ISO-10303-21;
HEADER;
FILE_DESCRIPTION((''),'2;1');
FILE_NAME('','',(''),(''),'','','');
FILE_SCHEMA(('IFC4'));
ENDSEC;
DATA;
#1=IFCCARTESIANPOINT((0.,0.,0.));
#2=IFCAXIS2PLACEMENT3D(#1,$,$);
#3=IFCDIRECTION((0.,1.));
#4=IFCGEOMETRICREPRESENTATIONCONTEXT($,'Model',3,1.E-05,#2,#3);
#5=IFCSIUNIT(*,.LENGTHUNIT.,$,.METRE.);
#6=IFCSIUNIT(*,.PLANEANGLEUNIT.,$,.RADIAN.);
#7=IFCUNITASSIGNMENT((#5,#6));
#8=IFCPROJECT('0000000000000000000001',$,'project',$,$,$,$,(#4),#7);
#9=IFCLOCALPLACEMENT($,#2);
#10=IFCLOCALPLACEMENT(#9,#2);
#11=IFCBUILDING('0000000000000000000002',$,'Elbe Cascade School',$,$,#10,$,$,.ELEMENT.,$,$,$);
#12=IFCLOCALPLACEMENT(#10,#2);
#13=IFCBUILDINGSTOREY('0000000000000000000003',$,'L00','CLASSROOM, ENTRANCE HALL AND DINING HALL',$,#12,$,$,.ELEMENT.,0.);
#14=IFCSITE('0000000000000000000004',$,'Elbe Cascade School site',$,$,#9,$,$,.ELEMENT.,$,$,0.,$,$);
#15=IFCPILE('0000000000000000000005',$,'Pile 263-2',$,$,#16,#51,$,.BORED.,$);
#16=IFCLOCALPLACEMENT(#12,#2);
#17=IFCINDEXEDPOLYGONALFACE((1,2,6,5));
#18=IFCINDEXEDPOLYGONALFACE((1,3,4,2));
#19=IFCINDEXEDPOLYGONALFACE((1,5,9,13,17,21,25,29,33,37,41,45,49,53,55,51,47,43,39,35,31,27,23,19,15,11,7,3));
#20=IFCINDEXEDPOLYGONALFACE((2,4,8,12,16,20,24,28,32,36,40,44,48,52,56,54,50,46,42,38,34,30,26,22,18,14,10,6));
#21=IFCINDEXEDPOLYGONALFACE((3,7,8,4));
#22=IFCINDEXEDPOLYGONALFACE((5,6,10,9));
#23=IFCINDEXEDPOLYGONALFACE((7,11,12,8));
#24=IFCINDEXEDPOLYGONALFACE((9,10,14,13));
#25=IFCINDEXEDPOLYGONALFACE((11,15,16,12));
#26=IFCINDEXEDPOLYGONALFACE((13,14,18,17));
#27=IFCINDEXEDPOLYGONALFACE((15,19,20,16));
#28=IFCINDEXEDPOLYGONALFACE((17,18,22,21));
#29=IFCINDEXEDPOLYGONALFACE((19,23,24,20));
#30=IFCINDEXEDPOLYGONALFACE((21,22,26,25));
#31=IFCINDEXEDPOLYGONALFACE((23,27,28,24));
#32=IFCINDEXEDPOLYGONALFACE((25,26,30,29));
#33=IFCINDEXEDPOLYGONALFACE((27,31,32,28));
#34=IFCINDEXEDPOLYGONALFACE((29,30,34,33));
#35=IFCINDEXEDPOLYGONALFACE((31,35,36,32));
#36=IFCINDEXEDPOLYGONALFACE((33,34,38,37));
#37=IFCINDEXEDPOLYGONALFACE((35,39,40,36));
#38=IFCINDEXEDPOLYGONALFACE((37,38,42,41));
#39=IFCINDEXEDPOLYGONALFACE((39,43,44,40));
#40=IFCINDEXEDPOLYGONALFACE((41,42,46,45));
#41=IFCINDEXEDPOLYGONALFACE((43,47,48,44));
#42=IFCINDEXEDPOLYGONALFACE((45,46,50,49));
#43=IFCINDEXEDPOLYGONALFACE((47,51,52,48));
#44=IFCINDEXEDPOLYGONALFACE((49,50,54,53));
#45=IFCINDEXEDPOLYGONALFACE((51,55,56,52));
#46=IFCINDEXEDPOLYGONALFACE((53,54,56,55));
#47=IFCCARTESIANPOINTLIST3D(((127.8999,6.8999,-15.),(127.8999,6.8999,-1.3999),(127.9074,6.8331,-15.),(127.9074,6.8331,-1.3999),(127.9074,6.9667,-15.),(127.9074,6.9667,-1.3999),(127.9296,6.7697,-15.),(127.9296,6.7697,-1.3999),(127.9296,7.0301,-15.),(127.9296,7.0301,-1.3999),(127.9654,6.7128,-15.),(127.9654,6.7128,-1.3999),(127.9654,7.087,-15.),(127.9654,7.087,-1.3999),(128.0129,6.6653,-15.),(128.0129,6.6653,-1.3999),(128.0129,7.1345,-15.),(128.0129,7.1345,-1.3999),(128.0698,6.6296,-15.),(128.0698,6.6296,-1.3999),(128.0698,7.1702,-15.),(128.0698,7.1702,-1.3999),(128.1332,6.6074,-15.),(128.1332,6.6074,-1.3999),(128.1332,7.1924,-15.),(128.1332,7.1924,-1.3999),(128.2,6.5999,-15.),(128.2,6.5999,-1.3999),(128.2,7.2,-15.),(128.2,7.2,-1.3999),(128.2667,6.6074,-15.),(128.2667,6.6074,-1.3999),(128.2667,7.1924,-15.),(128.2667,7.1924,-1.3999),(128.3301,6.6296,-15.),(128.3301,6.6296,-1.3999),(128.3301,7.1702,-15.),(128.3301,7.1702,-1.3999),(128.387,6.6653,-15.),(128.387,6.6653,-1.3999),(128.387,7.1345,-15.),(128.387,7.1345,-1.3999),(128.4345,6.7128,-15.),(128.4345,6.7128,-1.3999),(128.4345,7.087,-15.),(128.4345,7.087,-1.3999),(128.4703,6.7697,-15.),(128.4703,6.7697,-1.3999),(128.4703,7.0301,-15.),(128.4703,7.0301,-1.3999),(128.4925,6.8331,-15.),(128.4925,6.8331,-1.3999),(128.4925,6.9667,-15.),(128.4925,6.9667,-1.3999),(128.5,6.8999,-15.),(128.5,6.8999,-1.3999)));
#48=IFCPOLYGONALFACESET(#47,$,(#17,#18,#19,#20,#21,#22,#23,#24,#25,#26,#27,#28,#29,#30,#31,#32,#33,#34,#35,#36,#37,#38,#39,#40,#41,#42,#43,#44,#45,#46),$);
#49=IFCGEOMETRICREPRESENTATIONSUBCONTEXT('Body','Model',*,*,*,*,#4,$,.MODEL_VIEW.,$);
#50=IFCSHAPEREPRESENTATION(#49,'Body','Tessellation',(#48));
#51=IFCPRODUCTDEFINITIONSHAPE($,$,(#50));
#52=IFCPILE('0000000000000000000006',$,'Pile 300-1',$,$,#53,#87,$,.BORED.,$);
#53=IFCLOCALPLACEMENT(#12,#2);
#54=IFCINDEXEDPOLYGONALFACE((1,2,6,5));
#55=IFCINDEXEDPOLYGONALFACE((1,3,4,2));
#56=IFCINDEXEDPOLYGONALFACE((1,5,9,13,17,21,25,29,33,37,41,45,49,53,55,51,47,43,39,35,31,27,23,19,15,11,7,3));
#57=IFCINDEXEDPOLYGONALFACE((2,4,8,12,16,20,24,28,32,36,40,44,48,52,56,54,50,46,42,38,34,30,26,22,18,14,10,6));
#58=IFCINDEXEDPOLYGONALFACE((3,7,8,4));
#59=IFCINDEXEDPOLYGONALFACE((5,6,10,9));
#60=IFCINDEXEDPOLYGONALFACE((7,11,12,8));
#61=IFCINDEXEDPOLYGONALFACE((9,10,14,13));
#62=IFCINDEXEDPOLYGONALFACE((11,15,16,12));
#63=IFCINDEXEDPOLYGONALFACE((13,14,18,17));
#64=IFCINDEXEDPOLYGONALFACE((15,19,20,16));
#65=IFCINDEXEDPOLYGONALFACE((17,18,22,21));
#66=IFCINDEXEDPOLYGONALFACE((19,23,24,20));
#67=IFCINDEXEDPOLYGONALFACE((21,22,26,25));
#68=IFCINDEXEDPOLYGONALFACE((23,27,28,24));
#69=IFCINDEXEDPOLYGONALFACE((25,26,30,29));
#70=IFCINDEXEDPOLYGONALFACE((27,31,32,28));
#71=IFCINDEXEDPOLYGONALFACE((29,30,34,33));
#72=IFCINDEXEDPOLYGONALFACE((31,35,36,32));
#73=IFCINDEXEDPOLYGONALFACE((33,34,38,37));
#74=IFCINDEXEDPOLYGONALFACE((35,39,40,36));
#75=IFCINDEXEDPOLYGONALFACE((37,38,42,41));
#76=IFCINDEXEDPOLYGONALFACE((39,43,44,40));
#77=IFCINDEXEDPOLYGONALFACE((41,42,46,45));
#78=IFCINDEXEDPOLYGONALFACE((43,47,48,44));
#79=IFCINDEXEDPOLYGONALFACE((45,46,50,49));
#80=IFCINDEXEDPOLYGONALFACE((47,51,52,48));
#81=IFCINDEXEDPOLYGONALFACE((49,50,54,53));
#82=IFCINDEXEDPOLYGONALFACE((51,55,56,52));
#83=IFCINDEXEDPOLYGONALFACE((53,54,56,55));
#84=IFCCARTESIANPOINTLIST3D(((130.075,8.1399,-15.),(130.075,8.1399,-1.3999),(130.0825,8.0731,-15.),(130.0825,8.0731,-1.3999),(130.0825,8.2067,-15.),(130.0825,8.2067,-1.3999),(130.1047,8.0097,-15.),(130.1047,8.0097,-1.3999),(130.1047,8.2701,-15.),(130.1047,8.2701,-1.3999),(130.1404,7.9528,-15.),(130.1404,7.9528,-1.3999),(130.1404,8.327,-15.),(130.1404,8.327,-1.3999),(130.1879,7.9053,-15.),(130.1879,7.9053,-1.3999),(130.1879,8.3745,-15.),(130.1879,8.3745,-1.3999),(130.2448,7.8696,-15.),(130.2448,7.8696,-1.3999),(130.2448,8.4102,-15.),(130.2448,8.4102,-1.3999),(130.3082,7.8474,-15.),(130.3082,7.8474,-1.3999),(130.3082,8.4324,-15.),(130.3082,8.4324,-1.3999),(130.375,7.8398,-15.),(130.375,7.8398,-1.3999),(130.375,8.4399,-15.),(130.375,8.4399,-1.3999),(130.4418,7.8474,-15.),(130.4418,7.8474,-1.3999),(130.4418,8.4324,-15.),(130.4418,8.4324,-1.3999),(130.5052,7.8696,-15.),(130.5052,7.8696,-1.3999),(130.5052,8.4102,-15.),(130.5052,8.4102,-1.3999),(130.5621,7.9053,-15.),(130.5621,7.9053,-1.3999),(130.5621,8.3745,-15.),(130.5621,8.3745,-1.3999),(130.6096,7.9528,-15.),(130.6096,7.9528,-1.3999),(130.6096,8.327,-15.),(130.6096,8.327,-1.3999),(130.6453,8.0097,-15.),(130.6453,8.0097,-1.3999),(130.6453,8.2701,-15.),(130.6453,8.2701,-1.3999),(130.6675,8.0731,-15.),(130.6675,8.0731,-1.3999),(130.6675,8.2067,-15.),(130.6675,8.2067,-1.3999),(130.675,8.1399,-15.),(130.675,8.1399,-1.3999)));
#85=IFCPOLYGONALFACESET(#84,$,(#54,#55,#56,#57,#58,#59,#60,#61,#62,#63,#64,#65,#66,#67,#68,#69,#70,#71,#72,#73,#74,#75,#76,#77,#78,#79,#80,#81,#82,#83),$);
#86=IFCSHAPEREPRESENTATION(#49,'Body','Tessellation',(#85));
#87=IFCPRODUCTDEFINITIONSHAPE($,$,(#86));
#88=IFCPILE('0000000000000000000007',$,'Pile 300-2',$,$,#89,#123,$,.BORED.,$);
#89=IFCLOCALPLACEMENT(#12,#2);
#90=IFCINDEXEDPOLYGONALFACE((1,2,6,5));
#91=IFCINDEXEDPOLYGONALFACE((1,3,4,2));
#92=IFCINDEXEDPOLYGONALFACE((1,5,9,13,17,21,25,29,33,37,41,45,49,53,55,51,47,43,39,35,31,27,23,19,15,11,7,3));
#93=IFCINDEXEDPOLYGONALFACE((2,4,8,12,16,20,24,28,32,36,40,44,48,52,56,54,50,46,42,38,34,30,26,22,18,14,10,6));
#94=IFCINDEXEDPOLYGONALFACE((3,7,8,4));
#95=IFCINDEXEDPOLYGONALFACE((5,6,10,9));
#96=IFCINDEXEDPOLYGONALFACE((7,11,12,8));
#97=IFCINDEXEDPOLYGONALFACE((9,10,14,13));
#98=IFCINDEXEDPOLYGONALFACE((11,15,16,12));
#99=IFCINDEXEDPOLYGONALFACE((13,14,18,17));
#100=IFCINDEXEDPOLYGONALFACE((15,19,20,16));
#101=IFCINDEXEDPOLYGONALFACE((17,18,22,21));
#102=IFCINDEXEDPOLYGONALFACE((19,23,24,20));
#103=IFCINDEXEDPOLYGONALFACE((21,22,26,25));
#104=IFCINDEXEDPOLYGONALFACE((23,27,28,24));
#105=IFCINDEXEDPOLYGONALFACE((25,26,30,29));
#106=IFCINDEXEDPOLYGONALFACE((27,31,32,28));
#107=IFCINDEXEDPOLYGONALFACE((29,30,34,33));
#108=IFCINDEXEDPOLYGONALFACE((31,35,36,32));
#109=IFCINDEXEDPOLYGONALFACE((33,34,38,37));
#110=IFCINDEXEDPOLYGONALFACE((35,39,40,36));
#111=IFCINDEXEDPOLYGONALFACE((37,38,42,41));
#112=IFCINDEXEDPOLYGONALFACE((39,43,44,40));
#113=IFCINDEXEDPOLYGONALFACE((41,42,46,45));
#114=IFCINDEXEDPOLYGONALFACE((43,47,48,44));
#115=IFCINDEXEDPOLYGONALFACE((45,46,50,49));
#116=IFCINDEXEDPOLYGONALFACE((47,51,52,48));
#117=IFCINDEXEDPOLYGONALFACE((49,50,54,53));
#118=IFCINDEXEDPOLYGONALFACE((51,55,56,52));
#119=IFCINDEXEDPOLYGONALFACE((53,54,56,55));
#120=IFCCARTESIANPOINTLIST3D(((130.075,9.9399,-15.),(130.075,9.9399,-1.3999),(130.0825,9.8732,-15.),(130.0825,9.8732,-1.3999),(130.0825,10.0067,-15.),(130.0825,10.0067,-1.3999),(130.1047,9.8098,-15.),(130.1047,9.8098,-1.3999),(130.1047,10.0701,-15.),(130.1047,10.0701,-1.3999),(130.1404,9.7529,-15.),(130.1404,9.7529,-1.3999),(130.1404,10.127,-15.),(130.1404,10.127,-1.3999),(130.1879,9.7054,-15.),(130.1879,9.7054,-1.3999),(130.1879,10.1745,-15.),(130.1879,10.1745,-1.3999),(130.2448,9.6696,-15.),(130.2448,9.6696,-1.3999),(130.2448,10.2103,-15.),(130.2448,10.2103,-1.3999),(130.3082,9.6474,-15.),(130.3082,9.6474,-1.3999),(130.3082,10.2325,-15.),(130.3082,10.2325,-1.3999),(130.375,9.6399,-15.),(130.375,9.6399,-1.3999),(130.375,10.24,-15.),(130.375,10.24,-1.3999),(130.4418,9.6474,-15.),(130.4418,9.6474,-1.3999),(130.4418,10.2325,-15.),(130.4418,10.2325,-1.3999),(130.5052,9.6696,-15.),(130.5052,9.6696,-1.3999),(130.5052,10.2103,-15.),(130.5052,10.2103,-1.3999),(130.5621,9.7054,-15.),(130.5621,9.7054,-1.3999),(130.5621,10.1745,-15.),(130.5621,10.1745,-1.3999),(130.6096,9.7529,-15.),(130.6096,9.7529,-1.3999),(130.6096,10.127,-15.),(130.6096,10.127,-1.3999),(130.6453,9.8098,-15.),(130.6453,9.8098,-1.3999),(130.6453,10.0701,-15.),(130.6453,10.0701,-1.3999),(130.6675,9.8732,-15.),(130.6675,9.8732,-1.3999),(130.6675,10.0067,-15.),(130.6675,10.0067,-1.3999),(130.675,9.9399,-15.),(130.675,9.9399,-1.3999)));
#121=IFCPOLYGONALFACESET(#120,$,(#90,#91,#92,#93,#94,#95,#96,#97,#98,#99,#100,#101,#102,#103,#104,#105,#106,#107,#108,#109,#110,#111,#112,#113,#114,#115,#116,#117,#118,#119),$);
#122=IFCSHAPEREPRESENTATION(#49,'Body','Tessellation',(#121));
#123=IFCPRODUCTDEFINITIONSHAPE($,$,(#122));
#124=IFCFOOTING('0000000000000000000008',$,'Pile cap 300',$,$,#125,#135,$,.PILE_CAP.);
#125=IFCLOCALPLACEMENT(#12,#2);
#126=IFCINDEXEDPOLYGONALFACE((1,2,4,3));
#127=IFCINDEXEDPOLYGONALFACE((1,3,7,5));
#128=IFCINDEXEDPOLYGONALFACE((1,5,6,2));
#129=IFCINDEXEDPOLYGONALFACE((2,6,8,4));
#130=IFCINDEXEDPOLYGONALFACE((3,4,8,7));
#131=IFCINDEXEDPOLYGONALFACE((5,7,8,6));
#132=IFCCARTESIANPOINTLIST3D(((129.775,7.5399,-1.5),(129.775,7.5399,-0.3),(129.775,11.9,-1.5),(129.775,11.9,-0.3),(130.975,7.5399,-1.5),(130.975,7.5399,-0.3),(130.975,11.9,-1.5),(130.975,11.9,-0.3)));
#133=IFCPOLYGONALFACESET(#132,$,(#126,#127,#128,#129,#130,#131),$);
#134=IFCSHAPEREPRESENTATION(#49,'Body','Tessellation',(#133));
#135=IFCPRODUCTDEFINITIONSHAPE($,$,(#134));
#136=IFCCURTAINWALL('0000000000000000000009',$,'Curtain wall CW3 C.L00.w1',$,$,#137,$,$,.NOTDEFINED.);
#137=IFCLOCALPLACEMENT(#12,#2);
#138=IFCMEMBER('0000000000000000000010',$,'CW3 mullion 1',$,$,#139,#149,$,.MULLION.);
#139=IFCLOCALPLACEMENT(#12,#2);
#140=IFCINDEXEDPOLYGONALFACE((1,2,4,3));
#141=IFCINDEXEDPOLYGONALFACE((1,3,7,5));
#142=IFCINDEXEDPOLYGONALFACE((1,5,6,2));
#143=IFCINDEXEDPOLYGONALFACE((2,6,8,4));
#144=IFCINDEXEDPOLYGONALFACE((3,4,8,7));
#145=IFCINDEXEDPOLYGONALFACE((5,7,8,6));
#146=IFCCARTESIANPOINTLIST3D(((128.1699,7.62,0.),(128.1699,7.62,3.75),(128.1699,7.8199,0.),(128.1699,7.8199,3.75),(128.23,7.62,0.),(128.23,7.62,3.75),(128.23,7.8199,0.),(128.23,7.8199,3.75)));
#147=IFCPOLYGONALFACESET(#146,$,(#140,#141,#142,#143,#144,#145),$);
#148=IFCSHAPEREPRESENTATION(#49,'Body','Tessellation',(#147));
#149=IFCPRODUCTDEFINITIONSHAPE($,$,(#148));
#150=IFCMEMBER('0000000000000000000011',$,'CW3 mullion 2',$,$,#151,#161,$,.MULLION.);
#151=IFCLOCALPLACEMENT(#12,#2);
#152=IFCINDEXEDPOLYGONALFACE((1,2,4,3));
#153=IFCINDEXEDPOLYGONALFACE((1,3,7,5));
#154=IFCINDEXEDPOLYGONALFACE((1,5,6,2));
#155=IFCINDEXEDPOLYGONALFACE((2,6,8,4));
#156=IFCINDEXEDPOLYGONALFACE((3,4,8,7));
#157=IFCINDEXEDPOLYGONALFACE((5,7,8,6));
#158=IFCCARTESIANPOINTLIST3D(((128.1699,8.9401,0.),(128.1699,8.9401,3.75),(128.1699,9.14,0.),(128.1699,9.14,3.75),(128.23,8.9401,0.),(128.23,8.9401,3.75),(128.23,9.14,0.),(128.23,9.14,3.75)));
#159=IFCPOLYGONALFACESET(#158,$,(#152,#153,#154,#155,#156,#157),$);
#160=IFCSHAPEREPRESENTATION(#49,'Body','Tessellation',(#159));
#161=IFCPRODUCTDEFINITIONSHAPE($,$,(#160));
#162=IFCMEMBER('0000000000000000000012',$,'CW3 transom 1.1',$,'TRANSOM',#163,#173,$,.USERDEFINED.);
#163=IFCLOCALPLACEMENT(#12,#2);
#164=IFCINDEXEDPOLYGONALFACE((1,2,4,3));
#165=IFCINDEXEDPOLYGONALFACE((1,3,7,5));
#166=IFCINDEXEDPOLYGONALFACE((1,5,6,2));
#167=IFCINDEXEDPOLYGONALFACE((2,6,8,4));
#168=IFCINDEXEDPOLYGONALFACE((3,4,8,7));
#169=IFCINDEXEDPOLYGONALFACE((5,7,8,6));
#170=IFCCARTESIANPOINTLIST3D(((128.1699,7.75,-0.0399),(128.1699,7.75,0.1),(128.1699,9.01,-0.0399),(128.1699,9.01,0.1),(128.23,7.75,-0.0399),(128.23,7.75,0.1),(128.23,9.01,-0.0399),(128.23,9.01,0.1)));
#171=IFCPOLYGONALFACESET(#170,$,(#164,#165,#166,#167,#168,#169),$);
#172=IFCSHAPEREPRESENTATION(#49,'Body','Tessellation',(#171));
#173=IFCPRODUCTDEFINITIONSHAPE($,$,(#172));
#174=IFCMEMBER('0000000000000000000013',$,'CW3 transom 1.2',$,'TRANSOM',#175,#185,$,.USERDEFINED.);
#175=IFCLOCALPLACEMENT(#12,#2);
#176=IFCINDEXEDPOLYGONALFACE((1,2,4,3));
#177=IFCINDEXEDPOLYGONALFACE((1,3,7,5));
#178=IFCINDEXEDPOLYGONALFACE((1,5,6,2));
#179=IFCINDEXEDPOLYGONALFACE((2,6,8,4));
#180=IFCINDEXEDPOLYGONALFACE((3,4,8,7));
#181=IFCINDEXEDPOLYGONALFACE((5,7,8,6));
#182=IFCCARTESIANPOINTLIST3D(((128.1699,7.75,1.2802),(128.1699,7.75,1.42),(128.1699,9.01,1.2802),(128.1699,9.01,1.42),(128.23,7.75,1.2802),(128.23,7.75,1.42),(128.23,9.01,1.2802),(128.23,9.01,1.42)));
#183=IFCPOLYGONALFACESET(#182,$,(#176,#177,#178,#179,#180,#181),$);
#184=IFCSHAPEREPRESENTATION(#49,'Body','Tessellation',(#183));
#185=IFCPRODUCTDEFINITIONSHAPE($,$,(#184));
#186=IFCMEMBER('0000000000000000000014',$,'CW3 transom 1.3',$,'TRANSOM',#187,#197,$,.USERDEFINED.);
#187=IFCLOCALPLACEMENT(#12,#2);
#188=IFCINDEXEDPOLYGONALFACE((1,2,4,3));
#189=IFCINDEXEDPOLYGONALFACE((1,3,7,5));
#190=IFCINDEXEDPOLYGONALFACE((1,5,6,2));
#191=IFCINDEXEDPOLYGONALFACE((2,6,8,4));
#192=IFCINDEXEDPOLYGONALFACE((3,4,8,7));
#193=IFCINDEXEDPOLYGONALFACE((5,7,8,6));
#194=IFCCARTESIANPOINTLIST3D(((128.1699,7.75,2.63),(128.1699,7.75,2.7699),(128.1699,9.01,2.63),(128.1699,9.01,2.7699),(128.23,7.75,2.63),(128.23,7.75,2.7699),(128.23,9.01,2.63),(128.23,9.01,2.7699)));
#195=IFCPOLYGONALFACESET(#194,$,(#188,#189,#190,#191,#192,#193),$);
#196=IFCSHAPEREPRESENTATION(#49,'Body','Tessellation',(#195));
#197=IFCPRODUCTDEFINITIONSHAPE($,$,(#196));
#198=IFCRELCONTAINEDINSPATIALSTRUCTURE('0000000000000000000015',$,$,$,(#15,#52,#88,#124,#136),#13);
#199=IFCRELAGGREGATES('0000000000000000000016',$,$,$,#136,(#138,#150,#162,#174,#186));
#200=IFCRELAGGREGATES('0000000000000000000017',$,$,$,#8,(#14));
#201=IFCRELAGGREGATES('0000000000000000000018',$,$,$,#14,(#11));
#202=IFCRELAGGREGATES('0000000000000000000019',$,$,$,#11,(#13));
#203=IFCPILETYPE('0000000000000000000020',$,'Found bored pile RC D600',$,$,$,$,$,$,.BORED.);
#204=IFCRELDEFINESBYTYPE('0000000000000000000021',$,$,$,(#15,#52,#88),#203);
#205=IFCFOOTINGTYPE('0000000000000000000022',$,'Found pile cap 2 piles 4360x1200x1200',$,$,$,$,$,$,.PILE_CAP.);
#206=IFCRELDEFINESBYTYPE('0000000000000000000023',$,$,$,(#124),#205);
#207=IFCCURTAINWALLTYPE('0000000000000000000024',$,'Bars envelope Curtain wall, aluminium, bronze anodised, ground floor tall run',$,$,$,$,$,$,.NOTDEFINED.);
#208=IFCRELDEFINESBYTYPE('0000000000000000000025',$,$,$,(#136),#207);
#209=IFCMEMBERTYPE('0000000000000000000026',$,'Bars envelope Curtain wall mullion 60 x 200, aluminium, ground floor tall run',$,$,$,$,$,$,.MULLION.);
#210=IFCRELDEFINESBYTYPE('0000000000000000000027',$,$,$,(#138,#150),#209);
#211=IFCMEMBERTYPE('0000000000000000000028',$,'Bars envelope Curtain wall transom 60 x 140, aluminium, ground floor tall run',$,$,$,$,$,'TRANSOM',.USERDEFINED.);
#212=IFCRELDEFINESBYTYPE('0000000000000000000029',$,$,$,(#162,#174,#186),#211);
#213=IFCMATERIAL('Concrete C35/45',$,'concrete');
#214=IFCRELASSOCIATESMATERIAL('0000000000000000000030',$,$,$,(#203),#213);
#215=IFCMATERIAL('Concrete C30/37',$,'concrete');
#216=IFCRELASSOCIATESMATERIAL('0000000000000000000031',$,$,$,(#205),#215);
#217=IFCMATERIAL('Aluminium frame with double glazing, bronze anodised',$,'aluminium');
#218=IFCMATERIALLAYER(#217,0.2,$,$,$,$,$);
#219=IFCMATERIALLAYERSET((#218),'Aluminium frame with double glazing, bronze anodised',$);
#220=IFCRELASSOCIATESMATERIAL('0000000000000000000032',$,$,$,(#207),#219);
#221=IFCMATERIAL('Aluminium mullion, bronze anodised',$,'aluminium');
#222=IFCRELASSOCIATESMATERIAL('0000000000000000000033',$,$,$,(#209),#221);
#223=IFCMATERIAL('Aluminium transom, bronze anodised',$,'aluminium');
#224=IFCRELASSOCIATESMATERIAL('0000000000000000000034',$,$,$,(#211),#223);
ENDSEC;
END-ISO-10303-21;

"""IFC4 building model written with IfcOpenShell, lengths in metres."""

from ifc_helpers import new_model, si_unit, direction, frame, origin, origin_2d, place, context, subcontext, project, spatial, rectangle, circle, extrude, material, layer, layer_set, material_profile, profile_set, type_object, element, aggregate, save


model = new_model("IFC4")

# Units and contexts
model_context = context("Model", 3, precision=1e-05, world=origin(), true_north=direction((0.0, 1.0)))
body_context = subcontext(model_context, "Body", "Model", "MODEL_VIEW")
ifc_project = project(units=[si_unit("LENGTHUNIT", "METRE"), si_unit("PLANEANGLEUNIT", "RADIAN")], contexts=[model_context])

# Site, building, storey
site_placement = place(None, origin())
site = spatial("IfcSite", under=ifc_project, at=site_placement, Name="Elbe Cascade School site", CompositionType="ELEMENT", RefElevation=0.0)
building_placement = place(site_placement, origin())
building = spatial("IfcBuilding", under=site, at=building_placement, Name="Elbe Cascade School", CompositionType="ELEMENT")
storey_placement = place(building_placement, origin())
storey = spatial("IfcBuildingStorey", under=building, at=storey_placement, Name="L00", Description="CLASSROOM, ENTRANCE HALL AND DINING HALL", CompositionType="ELEMENT", Elevation=0.0)

# Piles
ifc_material_1 = material(Name="Concrete C35/45", Category="concrete")
ifc_material_profile_1 = material_profile(ifc_material_1, circle(Radius=0.3, at=origin_2d()), Name="RC D600")
ifc_profile_set_1 = profile_set([ifc_material_profile_1], Name="Concrete C35/45")
pile_type = type_object("IfcPileType", Name="Found bored pile RC D600", PredefinedType="BORED", material=ifc_profile_set_1)
for number, where, z_axis, x_axis, name in (
    (1, (128.2, 6.8999, -1.3999), (0.0, 0.0, -1.0), (1.0, 0.0, 0.0), "Pile 263-2"),
    (2, (130.375, 8.1399, -1.3999), (0.0, 0.0, -1.0), (1.0, 0.0, 0.0), "Pile 300-1"),
    (3, (130.375, 9.9399, -1.3999), (0.0, 0.0, -1.0), (1.0, 0.0, 0.0), "Pile 300-2"),
):
    element("IfcPile", number, at=place(storey_placement, frame(where, z_axis=z_axis, x_axis=x_axis)), inside=storey, type_object=pile_type, Name=name, PredefinedType="BORED", context=body_context, shape_type="SweptSolid", body=[
        extrude(circle(Radius=0.3, at=origin_2d()), origin(), (0.0, 0.0, 1.0), 13.6001),
    ])

# Footing
ifc_material_2 = material(Name="Concrete C30/37", Category="concrete")
footing_type = type_object("IfcFootingType", Name="Found pile cap 2 piles 4360x1200x1200", PredefinedType="PILE_CAP", material=ifc_material_2)
footing_placement = place(storey_placement, frame((130.375, 9.72, -1.5), z_axis=(0.0, 0.0, 1.0), x_axis=(1.0, 0.0, 0.0)))
element("IfcFooting", 4, at=footing_placement, inside=storey, type_object=footing_type, Name="Pile cap 300", PredefinedType="PILE_CAP", context=body_context, shape_type="SweptSolid", body=[
    extrude(rectangle(XDim=1.2, YDim=4.3601, at=origin_2d()), origin(), (0.0, 0.0, 1.0), 1.2),
])

# Curtain wall, members
ifc_material_3 = material(Name="Aluminium frame with double glazing, bronze anodised", Category="aluminium")
ifc_layer_1 = layer(ifc_material_3, 0.2)
ifc_layer_set_1 = layer_set([ifc_layer_1], Name="Aluminium frame with double glazing, bronze anodised")
curtain_wall_type = type_object("IfcCurtainWallType", Name="Bars envelope Curtain wall, aluminium, bronze anodised, ground floor tall run", PredefinedType="NOTDEFINED", material=ifc_layer_set_1)
curtain_wall_placement = place(storey_placement, origin())
curtain_wall = element("IfcCurtainWall", 5, at=curtain_wall_placement, inside=storey, type_object=curtain_wall_type, Name="Curtain wall CW3 C.L00.w1", PredefinedType="NOTDEFINED")
ifc_material_4 = material(Name="Aluminium mullion, bronze anodised", Category="aluminium")
ifc_material_profile_2 = material_profile(ifc_material_4, rectangle(XDim=0.0601, YDim=0.2, at=origin_2d()), Name="Bars envelope Curtain wall mullion 60 x 200, aluminium, ground floor tall run")
ifc_profile_set_2 = profile_set([ifc_material_profile_2], Name="Aluminium mullion, bronze anodised")
member_type_1 = type_object("IfcMemberType", Name="Bars envelope Curtain wall mullion 60 x 200, aluminium, ground floor tall run", PredefinedType="MULLION", material=ifc_profile_set_2)
member_1_placement = place(storey_placement, frame((128.2, 7.72, 0.0), z_axis=(0.0, 0.0, 1.0), x_axis=(-1.0, 0.0, 0.0)))
member_1 = element("IfcMember", 6, at=member_1_placement, type_object=member_type_1, Name="CW3 mullion 1", PredefinedType="MULLION", context=body_context, shape_type="SweptSolid", body=[
    extrude(rectangle(XDim=0.0601, YDim=0.2, at=origin_2d()), origin(), (0.0, 0.0, 1.0), 3.75),
])
member_2_placement = place(storey_placement, frame((128.2, 9.04, 0.0), z_axis=(0.0, 0.0, 1.0), x_axis=(-1.0, 0.0, 0.0)))
member_2 = element("IfcMember", 7, at=member_2_placement, type_object=member_type_1, Name="CW3 mullion 2", PredefinedType="MULLION", context=body_context, shape_type="SweptSolid", body=[
    extrude(rectangle(XDim=0.0601, YDim=0.2, at=origin_2d()), origin(), (0.0, 0.0, 1.0), 3.75),
])
ifc_material_5 = material(Name="Aluminium transom, bronze anodised", Category="aluminium")
ifc_material_profile_3 = material_profile(ifc_material_5, rectangle(XDim=0.0601, YDim=0.1399, at=origin_2d()), Name="Bars envelope Curtain wall transom 60 x 140, aluminium, ground floor tall run")
ifc_profile_set_3 = profile_set([ifc_material_profile_3], Name="Aluminium transom, bronze anodised")
member_type_2 = type_object("IfcMemberType", Name="Bars envelope Curtain wall transom 60 x 140, aluminium, ground floor tall run", ElementType="TRANSOM", PredefinedType="USERDEFINED", material=ifc_profile_set_3)
member_3_placement = place(storey_placement, frame((128.2, 7.75, 0.03), z_axis=(0.0, 1.0, 0.0), x_axis=(-1.0, 0.0, 0.0)))
member_3 = element("IfcMember", 8, at=member_3_placement, type_object=member_type_2, Name="CW3 transom 1.1", ObjectType="TRANSOM", PredefinedType="USERDEFINED", context=body_context, shape_type="SweptSolid", body=[
    extrude(rectangle(XDim=0.0601, YDim=0.1399, at=origin_2d()), origin(), (0.0, 0.0, 1.0), 1.26),
])
member_4_placement = place(storey_placement, frame((128.2, 7.75, 1.3501), z_axis=(0.0, 1.0, 0.0), x_axis=(-1.0, 0.0, 0.0)))
member_4 = element("IfcMember", 9, at=member_4_placement, type_object=member_type_2, Name="CW3 transom 1.2", ObjectType="TRANSOM", PredefinedType="USERDEFINED", context=body_context, shape_type="SweptSolid", body=[
    extrude(rectangle(XDim=0.0601, YDim=0.1399, at=origin_2d()), origin(), (0.0, 0.0, 1.0), 1.26),
])
member_5_placement = place(storey_placement, frame((128.2, 7.75, 2.7), z_axis=(0.0, 1.0, 0.0), x_axis=(-1.0, 0.0, 0.0)))
member_5 = element("IfcMember", 10, at=member_5_placement, type_object=member_type_2, Name="CW3 transom 1.3", ObjectType="TRANSOM", PredefinedType="USERDEFINED", context=body_context, shape_type="SweptSolid", body=[
    extrude(rectangle(XDim=0.0601, YDim=0.1399, at=origin_2d()), origin(), (0.0, 0.0, 1.0), 1.26),
])

aggregate(curtain_wall, [member_1, member_2, member_3, member_4, member_5])

save(model, "model.ifc")
